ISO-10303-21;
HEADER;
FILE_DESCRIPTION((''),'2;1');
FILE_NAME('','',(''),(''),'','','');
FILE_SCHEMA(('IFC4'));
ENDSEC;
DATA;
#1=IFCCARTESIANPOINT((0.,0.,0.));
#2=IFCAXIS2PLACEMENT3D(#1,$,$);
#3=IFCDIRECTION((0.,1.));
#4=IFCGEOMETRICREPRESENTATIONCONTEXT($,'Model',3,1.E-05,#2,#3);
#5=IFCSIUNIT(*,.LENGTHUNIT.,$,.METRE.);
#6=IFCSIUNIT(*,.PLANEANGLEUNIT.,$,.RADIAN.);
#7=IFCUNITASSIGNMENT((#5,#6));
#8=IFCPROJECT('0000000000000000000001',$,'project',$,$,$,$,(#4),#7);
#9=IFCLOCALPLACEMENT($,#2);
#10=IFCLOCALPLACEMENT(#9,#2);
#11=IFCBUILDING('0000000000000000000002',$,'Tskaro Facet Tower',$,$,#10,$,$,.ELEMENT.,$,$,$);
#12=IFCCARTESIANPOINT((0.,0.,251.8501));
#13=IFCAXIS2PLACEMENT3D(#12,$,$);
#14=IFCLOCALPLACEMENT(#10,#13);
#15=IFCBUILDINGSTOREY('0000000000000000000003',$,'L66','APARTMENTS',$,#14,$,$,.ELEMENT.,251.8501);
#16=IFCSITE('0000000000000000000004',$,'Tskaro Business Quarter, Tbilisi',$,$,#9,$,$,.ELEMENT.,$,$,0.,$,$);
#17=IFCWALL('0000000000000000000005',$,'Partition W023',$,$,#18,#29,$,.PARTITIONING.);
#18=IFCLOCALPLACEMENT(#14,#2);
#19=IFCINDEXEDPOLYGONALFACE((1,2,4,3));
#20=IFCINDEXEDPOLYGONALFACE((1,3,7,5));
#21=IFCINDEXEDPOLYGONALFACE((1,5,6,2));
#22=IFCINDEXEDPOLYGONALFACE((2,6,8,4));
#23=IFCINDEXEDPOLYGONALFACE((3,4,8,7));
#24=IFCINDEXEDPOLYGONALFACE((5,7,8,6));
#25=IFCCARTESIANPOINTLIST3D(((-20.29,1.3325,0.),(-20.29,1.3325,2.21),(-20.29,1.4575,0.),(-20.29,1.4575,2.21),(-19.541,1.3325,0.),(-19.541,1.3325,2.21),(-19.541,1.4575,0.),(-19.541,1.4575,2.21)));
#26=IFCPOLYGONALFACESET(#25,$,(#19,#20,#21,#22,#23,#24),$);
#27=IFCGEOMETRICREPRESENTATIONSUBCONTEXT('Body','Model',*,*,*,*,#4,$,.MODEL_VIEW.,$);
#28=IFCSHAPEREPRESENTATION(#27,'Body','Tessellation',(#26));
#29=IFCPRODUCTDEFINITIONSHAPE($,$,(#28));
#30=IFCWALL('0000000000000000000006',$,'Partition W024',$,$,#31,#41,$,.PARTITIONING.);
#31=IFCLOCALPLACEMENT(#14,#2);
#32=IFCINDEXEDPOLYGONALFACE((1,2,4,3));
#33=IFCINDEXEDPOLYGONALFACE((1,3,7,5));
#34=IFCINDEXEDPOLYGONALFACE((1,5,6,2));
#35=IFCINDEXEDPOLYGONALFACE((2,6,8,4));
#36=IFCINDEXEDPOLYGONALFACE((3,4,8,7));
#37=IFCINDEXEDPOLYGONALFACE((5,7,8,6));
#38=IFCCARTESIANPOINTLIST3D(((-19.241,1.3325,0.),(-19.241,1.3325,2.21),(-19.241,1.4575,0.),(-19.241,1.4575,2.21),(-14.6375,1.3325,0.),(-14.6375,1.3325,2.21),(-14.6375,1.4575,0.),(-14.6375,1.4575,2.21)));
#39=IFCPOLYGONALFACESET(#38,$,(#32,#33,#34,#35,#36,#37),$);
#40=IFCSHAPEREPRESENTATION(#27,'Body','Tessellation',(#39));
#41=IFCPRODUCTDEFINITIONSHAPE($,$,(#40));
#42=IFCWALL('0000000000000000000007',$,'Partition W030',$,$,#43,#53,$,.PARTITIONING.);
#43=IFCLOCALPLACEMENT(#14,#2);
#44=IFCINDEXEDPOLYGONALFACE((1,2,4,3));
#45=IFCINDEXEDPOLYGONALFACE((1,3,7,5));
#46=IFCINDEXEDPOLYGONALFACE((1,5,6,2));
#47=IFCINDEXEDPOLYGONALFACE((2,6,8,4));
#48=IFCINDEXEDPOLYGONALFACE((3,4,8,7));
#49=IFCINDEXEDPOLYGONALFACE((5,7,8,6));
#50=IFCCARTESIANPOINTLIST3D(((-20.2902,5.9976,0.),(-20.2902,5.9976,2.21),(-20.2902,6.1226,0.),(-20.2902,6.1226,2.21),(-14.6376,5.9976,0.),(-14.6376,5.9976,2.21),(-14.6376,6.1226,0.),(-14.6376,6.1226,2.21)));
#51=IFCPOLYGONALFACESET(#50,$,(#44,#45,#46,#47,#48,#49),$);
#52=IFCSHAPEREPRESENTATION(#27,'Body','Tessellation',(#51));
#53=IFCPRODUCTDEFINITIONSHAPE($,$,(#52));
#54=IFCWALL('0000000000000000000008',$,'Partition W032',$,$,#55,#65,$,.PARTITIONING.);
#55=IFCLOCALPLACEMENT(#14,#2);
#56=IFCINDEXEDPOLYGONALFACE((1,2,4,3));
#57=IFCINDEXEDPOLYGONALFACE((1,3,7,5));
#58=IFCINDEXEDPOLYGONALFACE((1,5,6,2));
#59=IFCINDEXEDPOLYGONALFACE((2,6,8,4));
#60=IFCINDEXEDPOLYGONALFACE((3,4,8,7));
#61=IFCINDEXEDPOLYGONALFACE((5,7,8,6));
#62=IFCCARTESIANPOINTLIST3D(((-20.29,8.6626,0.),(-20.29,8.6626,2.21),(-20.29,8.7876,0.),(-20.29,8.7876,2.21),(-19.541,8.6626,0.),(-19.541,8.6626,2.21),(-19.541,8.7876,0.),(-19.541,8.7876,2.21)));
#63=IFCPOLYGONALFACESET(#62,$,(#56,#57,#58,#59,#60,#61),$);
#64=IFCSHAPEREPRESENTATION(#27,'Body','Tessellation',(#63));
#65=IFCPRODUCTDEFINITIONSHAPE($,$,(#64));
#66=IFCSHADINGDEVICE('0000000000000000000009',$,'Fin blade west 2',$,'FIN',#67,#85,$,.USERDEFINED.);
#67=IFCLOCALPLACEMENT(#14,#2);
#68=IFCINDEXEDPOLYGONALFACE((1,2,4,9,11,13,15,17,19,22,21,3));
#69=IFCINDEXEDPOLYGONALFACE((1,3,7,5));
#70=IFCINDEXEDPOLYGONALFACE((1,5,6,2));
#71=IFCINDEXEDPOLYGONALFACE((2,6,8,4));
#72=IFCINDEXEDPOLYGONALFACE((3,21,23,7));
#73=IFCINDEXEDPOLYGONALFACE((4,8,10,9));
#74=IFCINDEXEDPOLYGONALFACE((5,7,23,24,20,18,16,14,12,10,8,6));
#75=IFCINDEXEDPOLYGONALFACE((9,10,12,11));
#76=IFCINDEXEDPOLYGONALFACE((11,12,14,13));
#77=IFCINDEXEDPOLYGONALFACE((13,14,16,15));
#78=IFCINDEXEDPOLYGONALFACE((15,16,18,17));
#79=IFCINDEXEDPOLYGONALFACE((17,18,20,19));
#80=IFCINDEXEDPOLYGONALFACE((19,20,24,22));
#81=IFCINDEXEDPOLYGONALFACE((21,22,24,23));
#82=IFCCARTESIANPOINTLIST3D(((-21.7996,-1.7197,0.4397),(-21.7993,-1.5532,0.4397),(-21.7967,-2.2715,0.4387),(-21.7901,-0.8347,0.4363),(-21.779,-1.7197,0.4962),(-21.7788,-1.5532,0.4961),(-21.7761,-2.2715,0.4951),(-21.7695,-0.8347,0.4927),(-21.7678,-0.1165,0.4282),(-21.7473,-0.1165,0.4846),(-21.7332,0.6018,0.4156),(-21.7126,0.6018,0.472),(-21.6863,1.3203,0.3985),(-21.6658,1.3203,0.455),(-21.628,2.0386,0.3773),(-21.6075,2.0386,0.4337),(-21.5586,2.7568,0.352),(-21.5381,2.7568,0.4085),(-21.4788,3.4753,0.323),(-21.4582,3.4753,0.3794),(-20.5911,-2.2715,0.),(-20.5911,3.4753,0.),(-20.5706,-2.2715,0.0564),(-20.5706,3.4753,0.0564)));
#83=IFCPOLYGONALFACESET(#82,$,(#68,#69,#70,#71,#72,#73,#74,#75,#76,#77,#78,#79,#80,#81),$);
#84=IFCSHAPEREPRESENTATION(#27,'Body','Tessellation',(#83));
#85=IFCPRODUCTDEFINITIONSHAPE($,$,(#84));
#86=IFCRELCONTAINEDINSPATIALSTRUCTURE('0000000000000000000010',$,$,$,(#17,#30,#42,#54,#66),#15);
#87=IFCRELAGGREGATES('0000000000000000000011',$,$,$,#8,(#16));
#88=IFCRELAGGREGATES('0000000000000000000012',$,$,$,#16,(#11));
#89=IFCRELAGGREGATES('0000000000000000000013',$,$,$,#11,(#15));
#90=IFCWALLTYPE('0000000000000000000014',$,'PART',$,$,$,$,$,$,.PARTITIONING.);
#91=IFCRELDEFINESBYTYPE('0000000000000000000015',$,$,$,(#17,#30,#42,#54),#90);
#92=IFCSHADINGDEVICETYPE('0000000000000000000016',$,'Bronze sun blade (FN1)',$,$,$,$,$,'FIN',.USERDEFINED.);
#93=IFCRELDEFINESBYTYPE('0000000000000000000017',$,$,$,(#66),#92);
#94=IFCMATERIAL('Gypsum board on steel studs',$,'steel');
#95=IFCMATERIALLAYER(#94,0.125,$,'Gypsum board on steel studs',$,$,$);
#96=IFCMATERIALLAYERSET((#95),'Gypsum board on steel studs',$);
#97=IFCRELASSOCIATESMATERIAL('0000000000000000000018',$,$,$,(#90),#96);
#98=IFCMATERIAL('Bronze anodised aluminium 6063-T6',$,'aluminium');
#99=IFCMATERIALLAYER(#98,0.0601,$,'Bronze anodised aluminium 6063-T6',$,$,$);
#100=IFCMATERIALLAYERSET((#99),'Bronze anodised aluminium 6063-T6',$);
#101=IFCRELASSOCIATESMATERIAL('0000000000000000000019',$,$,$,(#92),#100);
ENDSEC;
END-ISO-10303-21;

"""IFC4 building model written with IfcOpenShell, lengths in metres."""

from ifc_helpers import new_model, si_unit, direction, frame, frame_2d, origin, place, context, subcontext, project, spatial, polyline, rectangle, outline, extrude, material, layer, layer_set, type_object, element, save


model = new_model("IFC4")

# Units and contexts
model_context = context("Model", 3, precision=1e-05, world=origin(), true_north=direction((0.0, 1.0)))
body_context = subcontext(model_context, "Body", "Model", "MODEL_VIEW")
ifc_project = project(units=[si_unit("LENGTHUNIT", "METRE"), si_unit("PLANEANGLEUNIT", "RADIAN")], contexts=[model_context])

# Site, building, storey
site_placement = place(None, origin())
site = spatial("IfcSite", under=ifc_project, at=site_placement, Name="Tskaro Business Quarter, Tbilisi", CompositionType="ELEMENT", RefElevation=0.0)
building_placement = place(site_placement, origin())
building = spatial("IfcBuilding", under=site, at=building_placement, Name="Tskaro Facet Tower", CompositionType="ELEMENT")
storey_placement = place(building_placement, frame((0.0, 0.0, 251.8501)))
storey = spatial("IfcBuildingStorey", under=building, at=storey_placement, Name="L66", Description="APARTMENTS", CompositionType="ELEMENT", Elevation=251.8501)

# Shared definitions
ifc_material_1 = material(Name="Bronze anodised aluminium 6063-T6", Category="aluminium")

# Walls
ifc_material_2 = material(Name="Gypsum board on steel studs", Category="steel")
ifc_layer_1 = layer(ifc_material_2, 0.125, Name="Gypsum board on steel studs")
ifc_layer_set_1 = layer_set([ifc_layer_1], Name="Gypsum board on steel studs")
wall_type = type_object("IfcWallType", Name="PART", PredefinedType="PARTITIONING", material=ifc_layer_set_1)
wall_1_placement = place(storey_placement, frame((-20.29, 1.395, 0.0), z_axis=(0.0, 0.0, 1.0), x_axis=(1.0, 0.0, 0.0)))
element("IfcWall", 1, at=wall_1_placement, inside=storey, type_object=wall_type, Name="Partition W023", PredefinedType="PARTITIONING", context=body_context, shape_type="SweptSolid", body=[
    extrude(rectangle(XDim=0.749, YDim=0.125, at=frame_2d((0.3745, 0.0))), origin(), (0.0, 0.0, 1.0), 2.21),
])
wall_2_placement = place(storey_placement, frame((-19.241, 1.395, 0.0), z_axis=(0.0, 0.0, 1.0), x_axis=(1.0, 0.0, 0.0)))
element("IfcWall", 2, at=wall_2_placement, inside=storey, type_object=wall_type, Name="Partition W024", PredefinedType="PARTITIONING", context=body_context, shape_type="SweptSolid", body=[
    extrude(rectangle(XDim=4.6035, YDim=0.125, at=frame_2d((2.3018, 0.0))), origin(), (0.0, 0.0, 1.0), 2.21),
])
wall_3_placement = place(storey_placement, frame((-20.29, 6.0601, 0.0), z_axis=(0.0, 0.0, 1.0), x_axis=(1.0, 0.0, 0.0)))
element("IfcWall", 3, at=wall_3_placement, inside=storey, type_object=wall_type, Name="Partition W030", PredefinedType="PARTITIONING", context=body_context, shape_type="SweptSolid", body=[
    extrude(rectangle(XDim=5.6526, YDim=0.125, at=frame_2d((2.8262, 0.0))), origin(), (0.0, 0.0, 1.0), 2.21),
])
wall_4_placement = place(storey_placement, frame((-20.29, 8.7251, 0.0), z_axis=(0.0, 0.0, 1.0), x_axis=(1.0, 0.0, 0.0)))
element("IfcWall", 4, at=wall_4_placement, inside=storey, type_object=wall_type, Name="Partition W032", PredefinedType="PARTITIONING", context=body_context, shape_type="SweptSolid", body=[
    extrude(rectangle(XDim=0.749, YDim=0.125, at=frame_2d((0.3745, 0.0))), origin(), (0.0, 0.0, 1.0), 2.21),
])

# Shading device
ifc_layer_2 = layer(ifc_material_1, 0.0601, Name="Bronze anodised aluminium 6063-T6")
ifc_layer_set_2 = layer_set([ifc_layer_2], Name="Bronze anodised aluminium 6063-T6")
shading_device_type = type_object("IfcShadingDeviceType", Name="Bronze sun blade (FN1)", ElementType="FIN", PredefinedType="USERDEFINED", material=ifc_layer_set_2)
shading_device_placement = place(storey_placement, frame((-20.5706, 3.4753, 0.0564), z_axis=(0.341969, 0.000002, 0.939711), x_axis=(0.000001, -1.0, 0.000002)))
element("IfcShadingDevice", 5, at=shading_device_placement, inside=storey, type_object=shading_device_type, Name="Fin blade west 2", ObjectType="FIN", PredefinedType="USERDEFINED", context=body_context, shape_type="SweptSolid", body=[
    extrude(outline(polyline([(0.0, 0.0), (5.7468, 0.0), (5.7468, -1.2829), (5.1951, -1.286), (5.0286, -1.2858), (4.3101, -1.2759), (3.5918, -1.2523), (2.8735, -1.2153), (2.155, -1.1655), (1.4368, -1.1034), (0.7185, -1.0296), (0.0, -0.9446), (0.0, 0.0)])), origin(), (0.0, 0.0, -1.0), 0.0601),
])

save(model, "model.ifc")
